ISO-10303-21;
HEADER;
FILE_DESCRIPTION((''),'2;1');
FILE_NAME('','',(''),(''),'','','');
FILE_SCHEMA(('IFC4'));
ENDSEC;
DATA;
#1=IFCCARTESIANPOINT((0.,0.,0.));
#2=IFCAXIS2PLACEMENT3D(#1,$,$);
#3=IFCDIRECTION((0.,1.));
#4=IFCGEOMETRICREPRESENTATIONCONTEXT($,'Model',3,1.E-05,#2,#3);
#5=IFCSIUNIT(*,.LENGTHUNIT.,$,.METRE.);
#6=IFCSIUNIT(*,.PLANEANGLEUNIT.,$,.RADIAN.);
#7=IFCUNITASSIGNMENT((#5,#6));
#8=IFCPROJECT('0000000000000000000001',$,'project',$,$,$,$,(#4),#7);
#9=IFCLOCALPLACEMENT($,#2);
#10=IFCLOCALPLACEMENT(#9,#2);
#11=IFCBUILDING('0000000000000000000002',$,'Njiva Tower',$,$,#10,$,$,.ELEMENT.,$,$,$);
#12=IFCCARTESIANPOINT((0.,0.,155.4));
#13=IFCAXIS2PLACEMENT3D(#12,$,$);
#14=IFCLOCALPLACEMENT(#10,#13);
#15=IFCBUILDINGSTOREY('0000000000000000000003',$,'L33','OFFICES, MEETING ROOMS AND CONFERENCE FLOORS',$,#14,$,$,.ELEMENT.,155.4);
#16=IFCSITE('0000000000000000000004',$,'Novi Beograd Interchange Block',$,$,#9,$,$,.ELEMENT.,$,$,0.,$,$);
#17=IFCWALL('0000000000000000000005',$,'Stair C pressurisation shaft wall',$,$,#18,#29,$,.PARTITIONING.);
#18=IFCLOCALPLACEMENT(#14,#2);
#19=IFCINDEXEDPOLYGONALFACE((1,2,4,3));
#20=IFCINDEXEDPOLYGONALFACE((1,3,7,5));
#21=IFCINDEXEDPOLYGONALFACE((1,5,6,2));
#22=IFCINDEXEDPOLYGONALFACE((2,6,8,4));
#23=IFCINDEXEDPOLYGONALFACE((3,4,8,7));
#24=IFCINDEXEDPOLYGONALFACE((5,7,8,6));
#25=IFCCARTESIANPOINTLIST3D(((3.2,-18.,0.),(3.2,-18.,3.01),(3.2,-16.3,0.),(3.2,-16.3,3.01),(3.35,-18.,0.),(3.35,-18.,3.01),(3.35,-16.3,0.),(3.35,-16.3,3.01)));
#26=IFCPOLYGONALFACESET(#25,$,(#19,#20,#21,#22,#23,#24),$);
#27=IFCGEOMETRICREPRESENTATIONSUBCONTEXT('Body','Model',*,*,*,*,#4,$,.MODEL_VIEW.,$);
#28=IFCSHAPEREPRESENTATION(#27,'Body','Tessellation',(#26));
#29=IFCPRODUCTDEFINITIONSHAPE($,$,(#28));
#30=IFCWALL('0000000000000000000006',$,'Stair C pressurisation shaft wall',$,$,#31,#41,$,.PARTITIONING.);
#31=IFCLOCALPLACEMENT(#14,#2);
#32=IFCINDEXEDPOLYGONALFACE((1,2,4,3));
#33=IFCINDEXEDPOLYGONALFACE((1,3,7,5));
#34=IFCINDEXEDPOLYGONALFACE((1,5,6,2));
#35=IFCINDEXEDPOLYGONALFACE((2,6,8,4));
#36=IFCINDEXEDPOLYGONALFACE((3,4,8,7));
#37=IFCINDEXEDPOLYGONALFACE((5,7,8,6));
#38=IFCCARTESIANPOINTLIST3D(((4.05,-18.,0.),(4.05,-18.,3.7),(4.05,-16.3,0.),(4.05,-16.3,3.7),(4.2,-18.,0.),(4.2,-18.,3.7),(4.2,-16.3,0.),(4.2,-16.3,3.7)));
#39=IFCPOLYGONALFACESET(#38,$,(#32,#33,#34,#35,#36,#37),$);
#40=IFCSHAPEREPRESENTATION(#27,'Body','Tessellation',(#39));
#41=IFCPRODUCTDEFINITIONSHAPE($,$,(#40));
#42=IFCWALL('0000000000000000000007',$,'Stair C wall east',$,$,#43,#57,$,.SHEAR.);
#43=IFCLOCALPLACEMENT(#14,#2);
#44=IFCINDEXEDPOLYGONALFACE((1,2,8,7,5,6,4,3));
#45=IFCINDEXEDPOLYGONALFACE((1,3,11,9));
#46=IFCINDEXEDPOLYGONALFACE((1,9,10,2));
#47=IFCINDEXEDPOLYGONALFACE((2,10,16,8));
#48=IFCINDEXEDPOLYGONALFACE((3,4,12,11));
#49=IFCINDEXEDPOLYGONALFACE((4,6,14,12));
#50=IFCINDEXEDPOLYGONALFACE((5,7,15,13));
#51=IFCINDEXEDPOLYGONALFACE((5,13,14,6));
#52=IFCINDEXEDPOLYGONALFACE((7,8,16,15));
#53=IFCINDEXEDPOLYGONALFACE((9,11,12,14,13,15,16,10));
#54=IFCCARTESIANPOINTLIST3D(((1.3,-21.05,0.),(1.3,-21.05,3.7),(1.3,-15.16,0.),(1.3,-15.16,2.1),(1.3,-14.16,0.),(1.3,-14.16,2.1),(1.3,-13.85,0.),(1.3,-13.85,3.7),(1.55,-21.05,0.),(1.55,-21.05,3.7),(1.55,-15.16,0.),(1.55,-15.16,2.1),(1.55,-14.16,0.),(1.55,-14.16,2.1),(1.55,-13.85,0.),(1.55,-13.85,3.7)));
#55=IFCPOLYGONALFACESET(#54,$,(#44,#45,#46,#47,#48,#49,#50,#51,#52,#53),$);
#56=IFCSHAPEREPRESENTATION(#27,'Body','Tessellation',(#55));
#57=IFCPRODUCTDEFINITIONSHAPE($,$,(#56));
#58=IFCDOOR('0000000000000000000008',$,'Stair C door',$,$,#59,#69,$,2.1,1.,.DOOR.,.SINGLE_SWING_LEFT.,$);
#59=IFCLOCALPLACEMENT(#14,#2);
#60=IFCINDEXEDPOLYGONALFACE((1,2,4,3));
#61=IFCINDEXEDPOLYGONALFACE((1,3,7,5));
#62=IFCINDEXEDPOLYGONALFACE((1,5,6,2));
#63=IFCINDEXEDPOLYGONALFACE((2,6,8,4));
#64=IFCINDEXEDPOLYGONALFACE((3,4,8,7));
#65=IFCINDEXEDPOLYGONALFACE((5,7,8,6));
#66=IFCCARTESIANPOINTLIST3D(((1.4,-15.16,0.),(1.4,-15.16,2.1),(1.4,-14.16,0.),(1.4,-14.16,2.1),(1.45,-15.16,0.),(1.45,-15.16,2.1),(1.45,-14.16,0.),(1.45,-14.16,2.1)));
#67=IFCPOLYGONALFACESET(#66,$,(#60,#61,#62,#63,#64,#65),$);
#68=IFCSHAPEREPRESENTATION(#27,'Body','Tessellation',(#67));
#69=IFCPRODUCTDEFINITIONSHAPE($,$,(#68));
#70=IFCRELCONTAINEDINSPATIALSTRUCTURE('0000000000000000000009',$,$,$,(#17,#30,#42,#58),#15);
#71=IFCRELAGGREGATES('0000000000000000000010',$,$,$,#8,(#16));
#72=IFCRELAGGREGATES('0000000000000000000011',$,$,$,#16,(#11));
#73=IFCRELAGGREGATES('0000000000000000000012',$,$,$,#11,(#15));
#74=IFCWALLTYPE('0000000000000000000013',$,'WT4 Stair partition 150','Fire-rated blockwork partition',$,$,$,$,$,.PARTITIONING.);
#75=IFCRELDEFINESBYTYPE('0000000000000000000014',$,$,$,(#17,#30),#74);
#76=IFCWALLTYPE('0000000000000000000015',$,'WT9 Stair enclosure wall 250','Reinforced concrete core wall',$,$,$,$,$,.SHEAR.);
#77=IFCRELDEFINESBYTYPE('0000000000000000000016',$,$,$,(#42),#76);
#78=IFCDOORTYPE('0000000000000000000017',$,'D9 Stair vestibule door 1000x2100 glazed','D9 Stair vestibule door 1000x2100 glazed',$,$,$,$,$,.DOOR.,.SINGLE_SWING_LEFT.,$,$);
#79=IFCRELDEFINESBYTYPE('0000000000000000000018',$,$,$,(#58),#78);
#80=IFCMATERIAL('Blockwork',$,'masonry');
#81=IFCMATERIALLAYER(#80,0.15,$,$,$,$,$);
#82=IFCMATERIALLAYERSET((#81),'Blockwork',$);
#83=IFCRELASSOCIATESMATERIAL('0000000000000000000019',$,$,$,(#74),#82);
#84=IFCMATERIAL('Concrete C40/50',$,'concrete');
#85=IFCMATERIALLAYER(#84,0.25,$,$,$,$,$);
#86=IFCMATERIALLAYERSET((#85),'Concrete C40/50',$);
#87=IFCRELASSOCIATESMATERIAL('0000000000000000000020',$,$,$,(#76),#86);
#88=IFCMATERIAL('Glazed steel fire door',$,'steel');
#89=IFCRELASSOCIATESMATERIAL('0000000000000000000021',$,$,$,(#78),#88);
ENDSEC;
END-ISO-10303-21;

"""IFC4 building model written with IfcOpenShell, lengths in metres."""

from ifc_helpers import new_model, si_unit, direction, frame, frame_2d, origin, place, context, subcontext, project, spatial, rectangle, extrude, material, layer, layer_set, type_object, element, fill, save


model = new_model("IFC4")

# Units and contexts
model_context = context("Model", 3, precision=1e-05, world=origin(), true_north=direction((0.0, 1.0)))
body_context = subcontext(model_context, "Body", "Model", "MODEL_VIEW")
ifc_project = project(units=[si_unit("LENGTHUNIT", "METRE"), si_unit("PLANEANGLEUNIT", "RADIAN")], contexts=[model_context])

# Site, building, storey
site_placement = place(None, origin())
site = spatial("IfcSite", under=ifc_project, at=site_placement, Name="Novi Beograd Interchange Block", CompositionType="ELEMENT", RefElevation=0.0)
building_placement = place(site_placement, origin())
building = spatial("IfcBuilding", under=site, at=building_placement, Name="Njiva Tower", CompositionType="ELEMENT")
storey_placement = place(building_placement, frame((0.0, 0.0, 155.4)))
storey = spatial("IfcBuildingStorey", under=building, at=storey_placement, Name="L33", Description="OFFICES, MEETING ROOMS AND CONFERENCE FLOORS", CompositionType="ELEMENT", Elevation=155.4)

# Walls
ifc_material_1 = material(Name="Blockwork", Category="masonry")
ifc_layer_1 = layer(ifc_material_1, 0.15)
ifc_layer_set_1 = layer_set([ifc_layer_1], Name="Blockwork")
wall_type_1 = type_object("IfcWallType", Name="WT4 Stair partition 150", Description="Fire-rated blockwork partition", PredefinedType="PARTITIONING", material=ifc_layer_set_1)
wall_1_placement = place(storey_placement, frame((3.275, -18.0, 0.0), z_axis=(0.0, 0.0, 1.0), x_axis=(0.0, 1.0, 0.0)))
element("IfcWall", 1, at=wall_1_placement, inside=storey, type_object=wall_type_1, Name="Stair C pressurisation shaft wall", PredefinedType="PARTITIONING", context=body_context, shape_type="SweptSolid", body=[
    extrude(rectangle(XDim=1.7, YDim=0.15, at=frame_2d((0.85, 0.0))), origin(), (0.0, 0.0, 1.0), 3.01),
])
wall_2_placement = place(storey_placement, frame((4.125, -18.0, 0.0), z_axis=(0.0, 0.0, 1.0), x_axis=(0.0, 1.0, 0.0)))
element("IfcWall", 2, at=wall_2_placement, inside=storey, type_object=wall_type_1, Name="Stair C pressurisation shaft wall", PredefinedType="PARTITIONING", context=body_context, shape_type="SweptSolid", body=[
    extrude(rectangle(XDim=1.7, YDim=0.15, at=frame_2d((0.85, 0.0))), origin(), (0.0, 0.0, 1.0), 3.7),
])

# Wall, opening, door
ifc_material_2 = material(Name="Concrete C40/50", Category="concrete")
ifc_layer_2 = layer(ifc_material_2, 0.25)
ifc_layer_set_2 = layer_set([ifc_layer_2], Name="Concrete C40/50")
wall_type_2 = type_object("IfcWallType", Name="WT9 Stair enclosure wall 250", Description="Reinforced concrete core wall", PredefinedType="SHEAR", material=ifc_layer_set_2)
wall_3_placement = place(storey_placement, frame((1.425, -21.05, 0.0), z_axis=(0.0, 0.0, 1.0), x_axis=(0.0, 1.0, 0.0)))
wall_3 = element("IfcWall", 3, at=wall_3_placement, inside=storey, type_object=wall_type_2, Name="Stair C wall east", PredefinedType="SHEAR", context=body_context, shape_type="SweptSolid", body=[
    extrude(rectangle(XDim=7.2, YDim=0.25, at=frame_2d((3.6, 0.0))), origin(), (0.0, 0.0, 1.0), 3.7),
])
opening_1_placement = place(wall_3_placement, frame((5.89, 0.0, 0.0)))
opening_1 = element("IfcOpeningElement", 4, at=opening_1_placement, cuts=wall_3, PredefinedType="OPENING", context=body_context, shape_type="SweptSolid", body=[
    extrude(rectangle(XDim=1.0, YDim=2.1, at=frame_2d((0.5, 1.05))), frame((0.0, 0.135, 0.0), z_axis=(0.0, -1.0, 0.0), x_axis=(1.0, 0.0, 0.0)), (0.0, 0.0, 1.0), 0.27),
])
ifc_material_3 = material(Name="Glazed steel fire door", Category="steel")
door_type = type_object("IfcDoorType", Name="D9 Stair vestibule door 1000x2100 glazed", Description="D9 Stair vestibule door 1000x2100 glazed", OperationType="SINGLE_SWING_LEFT", PredefinedType="DOOR", material=ifc_material_3)
door_placement = place(opening_1_placement, origin())
door = element("IfcDoor", 5, at=door_placement, inside=storey, type_object=door_type, Name="Stair C door", OperationType="SINGLE_SWING_LEFT", OverallHeight=2.1, OverallWidth=1.0, PredefinedType="DOOR", context=body_context, shape_type="SweptSolid", body=[
    extrude(rectangle(XDim=1.0, YDim=2.1, at=frame_2d((0.5, 1.05))), frame((0.0, 0.025, 0.0), z_axis=(0.0, -1.0, 0.0), x_axis=(1.0, 0.0, 0.0)), (0.0, 0.0, 1.0), 0.05),
])
fill(opening_1, door)

save(model, "model.ifc")
